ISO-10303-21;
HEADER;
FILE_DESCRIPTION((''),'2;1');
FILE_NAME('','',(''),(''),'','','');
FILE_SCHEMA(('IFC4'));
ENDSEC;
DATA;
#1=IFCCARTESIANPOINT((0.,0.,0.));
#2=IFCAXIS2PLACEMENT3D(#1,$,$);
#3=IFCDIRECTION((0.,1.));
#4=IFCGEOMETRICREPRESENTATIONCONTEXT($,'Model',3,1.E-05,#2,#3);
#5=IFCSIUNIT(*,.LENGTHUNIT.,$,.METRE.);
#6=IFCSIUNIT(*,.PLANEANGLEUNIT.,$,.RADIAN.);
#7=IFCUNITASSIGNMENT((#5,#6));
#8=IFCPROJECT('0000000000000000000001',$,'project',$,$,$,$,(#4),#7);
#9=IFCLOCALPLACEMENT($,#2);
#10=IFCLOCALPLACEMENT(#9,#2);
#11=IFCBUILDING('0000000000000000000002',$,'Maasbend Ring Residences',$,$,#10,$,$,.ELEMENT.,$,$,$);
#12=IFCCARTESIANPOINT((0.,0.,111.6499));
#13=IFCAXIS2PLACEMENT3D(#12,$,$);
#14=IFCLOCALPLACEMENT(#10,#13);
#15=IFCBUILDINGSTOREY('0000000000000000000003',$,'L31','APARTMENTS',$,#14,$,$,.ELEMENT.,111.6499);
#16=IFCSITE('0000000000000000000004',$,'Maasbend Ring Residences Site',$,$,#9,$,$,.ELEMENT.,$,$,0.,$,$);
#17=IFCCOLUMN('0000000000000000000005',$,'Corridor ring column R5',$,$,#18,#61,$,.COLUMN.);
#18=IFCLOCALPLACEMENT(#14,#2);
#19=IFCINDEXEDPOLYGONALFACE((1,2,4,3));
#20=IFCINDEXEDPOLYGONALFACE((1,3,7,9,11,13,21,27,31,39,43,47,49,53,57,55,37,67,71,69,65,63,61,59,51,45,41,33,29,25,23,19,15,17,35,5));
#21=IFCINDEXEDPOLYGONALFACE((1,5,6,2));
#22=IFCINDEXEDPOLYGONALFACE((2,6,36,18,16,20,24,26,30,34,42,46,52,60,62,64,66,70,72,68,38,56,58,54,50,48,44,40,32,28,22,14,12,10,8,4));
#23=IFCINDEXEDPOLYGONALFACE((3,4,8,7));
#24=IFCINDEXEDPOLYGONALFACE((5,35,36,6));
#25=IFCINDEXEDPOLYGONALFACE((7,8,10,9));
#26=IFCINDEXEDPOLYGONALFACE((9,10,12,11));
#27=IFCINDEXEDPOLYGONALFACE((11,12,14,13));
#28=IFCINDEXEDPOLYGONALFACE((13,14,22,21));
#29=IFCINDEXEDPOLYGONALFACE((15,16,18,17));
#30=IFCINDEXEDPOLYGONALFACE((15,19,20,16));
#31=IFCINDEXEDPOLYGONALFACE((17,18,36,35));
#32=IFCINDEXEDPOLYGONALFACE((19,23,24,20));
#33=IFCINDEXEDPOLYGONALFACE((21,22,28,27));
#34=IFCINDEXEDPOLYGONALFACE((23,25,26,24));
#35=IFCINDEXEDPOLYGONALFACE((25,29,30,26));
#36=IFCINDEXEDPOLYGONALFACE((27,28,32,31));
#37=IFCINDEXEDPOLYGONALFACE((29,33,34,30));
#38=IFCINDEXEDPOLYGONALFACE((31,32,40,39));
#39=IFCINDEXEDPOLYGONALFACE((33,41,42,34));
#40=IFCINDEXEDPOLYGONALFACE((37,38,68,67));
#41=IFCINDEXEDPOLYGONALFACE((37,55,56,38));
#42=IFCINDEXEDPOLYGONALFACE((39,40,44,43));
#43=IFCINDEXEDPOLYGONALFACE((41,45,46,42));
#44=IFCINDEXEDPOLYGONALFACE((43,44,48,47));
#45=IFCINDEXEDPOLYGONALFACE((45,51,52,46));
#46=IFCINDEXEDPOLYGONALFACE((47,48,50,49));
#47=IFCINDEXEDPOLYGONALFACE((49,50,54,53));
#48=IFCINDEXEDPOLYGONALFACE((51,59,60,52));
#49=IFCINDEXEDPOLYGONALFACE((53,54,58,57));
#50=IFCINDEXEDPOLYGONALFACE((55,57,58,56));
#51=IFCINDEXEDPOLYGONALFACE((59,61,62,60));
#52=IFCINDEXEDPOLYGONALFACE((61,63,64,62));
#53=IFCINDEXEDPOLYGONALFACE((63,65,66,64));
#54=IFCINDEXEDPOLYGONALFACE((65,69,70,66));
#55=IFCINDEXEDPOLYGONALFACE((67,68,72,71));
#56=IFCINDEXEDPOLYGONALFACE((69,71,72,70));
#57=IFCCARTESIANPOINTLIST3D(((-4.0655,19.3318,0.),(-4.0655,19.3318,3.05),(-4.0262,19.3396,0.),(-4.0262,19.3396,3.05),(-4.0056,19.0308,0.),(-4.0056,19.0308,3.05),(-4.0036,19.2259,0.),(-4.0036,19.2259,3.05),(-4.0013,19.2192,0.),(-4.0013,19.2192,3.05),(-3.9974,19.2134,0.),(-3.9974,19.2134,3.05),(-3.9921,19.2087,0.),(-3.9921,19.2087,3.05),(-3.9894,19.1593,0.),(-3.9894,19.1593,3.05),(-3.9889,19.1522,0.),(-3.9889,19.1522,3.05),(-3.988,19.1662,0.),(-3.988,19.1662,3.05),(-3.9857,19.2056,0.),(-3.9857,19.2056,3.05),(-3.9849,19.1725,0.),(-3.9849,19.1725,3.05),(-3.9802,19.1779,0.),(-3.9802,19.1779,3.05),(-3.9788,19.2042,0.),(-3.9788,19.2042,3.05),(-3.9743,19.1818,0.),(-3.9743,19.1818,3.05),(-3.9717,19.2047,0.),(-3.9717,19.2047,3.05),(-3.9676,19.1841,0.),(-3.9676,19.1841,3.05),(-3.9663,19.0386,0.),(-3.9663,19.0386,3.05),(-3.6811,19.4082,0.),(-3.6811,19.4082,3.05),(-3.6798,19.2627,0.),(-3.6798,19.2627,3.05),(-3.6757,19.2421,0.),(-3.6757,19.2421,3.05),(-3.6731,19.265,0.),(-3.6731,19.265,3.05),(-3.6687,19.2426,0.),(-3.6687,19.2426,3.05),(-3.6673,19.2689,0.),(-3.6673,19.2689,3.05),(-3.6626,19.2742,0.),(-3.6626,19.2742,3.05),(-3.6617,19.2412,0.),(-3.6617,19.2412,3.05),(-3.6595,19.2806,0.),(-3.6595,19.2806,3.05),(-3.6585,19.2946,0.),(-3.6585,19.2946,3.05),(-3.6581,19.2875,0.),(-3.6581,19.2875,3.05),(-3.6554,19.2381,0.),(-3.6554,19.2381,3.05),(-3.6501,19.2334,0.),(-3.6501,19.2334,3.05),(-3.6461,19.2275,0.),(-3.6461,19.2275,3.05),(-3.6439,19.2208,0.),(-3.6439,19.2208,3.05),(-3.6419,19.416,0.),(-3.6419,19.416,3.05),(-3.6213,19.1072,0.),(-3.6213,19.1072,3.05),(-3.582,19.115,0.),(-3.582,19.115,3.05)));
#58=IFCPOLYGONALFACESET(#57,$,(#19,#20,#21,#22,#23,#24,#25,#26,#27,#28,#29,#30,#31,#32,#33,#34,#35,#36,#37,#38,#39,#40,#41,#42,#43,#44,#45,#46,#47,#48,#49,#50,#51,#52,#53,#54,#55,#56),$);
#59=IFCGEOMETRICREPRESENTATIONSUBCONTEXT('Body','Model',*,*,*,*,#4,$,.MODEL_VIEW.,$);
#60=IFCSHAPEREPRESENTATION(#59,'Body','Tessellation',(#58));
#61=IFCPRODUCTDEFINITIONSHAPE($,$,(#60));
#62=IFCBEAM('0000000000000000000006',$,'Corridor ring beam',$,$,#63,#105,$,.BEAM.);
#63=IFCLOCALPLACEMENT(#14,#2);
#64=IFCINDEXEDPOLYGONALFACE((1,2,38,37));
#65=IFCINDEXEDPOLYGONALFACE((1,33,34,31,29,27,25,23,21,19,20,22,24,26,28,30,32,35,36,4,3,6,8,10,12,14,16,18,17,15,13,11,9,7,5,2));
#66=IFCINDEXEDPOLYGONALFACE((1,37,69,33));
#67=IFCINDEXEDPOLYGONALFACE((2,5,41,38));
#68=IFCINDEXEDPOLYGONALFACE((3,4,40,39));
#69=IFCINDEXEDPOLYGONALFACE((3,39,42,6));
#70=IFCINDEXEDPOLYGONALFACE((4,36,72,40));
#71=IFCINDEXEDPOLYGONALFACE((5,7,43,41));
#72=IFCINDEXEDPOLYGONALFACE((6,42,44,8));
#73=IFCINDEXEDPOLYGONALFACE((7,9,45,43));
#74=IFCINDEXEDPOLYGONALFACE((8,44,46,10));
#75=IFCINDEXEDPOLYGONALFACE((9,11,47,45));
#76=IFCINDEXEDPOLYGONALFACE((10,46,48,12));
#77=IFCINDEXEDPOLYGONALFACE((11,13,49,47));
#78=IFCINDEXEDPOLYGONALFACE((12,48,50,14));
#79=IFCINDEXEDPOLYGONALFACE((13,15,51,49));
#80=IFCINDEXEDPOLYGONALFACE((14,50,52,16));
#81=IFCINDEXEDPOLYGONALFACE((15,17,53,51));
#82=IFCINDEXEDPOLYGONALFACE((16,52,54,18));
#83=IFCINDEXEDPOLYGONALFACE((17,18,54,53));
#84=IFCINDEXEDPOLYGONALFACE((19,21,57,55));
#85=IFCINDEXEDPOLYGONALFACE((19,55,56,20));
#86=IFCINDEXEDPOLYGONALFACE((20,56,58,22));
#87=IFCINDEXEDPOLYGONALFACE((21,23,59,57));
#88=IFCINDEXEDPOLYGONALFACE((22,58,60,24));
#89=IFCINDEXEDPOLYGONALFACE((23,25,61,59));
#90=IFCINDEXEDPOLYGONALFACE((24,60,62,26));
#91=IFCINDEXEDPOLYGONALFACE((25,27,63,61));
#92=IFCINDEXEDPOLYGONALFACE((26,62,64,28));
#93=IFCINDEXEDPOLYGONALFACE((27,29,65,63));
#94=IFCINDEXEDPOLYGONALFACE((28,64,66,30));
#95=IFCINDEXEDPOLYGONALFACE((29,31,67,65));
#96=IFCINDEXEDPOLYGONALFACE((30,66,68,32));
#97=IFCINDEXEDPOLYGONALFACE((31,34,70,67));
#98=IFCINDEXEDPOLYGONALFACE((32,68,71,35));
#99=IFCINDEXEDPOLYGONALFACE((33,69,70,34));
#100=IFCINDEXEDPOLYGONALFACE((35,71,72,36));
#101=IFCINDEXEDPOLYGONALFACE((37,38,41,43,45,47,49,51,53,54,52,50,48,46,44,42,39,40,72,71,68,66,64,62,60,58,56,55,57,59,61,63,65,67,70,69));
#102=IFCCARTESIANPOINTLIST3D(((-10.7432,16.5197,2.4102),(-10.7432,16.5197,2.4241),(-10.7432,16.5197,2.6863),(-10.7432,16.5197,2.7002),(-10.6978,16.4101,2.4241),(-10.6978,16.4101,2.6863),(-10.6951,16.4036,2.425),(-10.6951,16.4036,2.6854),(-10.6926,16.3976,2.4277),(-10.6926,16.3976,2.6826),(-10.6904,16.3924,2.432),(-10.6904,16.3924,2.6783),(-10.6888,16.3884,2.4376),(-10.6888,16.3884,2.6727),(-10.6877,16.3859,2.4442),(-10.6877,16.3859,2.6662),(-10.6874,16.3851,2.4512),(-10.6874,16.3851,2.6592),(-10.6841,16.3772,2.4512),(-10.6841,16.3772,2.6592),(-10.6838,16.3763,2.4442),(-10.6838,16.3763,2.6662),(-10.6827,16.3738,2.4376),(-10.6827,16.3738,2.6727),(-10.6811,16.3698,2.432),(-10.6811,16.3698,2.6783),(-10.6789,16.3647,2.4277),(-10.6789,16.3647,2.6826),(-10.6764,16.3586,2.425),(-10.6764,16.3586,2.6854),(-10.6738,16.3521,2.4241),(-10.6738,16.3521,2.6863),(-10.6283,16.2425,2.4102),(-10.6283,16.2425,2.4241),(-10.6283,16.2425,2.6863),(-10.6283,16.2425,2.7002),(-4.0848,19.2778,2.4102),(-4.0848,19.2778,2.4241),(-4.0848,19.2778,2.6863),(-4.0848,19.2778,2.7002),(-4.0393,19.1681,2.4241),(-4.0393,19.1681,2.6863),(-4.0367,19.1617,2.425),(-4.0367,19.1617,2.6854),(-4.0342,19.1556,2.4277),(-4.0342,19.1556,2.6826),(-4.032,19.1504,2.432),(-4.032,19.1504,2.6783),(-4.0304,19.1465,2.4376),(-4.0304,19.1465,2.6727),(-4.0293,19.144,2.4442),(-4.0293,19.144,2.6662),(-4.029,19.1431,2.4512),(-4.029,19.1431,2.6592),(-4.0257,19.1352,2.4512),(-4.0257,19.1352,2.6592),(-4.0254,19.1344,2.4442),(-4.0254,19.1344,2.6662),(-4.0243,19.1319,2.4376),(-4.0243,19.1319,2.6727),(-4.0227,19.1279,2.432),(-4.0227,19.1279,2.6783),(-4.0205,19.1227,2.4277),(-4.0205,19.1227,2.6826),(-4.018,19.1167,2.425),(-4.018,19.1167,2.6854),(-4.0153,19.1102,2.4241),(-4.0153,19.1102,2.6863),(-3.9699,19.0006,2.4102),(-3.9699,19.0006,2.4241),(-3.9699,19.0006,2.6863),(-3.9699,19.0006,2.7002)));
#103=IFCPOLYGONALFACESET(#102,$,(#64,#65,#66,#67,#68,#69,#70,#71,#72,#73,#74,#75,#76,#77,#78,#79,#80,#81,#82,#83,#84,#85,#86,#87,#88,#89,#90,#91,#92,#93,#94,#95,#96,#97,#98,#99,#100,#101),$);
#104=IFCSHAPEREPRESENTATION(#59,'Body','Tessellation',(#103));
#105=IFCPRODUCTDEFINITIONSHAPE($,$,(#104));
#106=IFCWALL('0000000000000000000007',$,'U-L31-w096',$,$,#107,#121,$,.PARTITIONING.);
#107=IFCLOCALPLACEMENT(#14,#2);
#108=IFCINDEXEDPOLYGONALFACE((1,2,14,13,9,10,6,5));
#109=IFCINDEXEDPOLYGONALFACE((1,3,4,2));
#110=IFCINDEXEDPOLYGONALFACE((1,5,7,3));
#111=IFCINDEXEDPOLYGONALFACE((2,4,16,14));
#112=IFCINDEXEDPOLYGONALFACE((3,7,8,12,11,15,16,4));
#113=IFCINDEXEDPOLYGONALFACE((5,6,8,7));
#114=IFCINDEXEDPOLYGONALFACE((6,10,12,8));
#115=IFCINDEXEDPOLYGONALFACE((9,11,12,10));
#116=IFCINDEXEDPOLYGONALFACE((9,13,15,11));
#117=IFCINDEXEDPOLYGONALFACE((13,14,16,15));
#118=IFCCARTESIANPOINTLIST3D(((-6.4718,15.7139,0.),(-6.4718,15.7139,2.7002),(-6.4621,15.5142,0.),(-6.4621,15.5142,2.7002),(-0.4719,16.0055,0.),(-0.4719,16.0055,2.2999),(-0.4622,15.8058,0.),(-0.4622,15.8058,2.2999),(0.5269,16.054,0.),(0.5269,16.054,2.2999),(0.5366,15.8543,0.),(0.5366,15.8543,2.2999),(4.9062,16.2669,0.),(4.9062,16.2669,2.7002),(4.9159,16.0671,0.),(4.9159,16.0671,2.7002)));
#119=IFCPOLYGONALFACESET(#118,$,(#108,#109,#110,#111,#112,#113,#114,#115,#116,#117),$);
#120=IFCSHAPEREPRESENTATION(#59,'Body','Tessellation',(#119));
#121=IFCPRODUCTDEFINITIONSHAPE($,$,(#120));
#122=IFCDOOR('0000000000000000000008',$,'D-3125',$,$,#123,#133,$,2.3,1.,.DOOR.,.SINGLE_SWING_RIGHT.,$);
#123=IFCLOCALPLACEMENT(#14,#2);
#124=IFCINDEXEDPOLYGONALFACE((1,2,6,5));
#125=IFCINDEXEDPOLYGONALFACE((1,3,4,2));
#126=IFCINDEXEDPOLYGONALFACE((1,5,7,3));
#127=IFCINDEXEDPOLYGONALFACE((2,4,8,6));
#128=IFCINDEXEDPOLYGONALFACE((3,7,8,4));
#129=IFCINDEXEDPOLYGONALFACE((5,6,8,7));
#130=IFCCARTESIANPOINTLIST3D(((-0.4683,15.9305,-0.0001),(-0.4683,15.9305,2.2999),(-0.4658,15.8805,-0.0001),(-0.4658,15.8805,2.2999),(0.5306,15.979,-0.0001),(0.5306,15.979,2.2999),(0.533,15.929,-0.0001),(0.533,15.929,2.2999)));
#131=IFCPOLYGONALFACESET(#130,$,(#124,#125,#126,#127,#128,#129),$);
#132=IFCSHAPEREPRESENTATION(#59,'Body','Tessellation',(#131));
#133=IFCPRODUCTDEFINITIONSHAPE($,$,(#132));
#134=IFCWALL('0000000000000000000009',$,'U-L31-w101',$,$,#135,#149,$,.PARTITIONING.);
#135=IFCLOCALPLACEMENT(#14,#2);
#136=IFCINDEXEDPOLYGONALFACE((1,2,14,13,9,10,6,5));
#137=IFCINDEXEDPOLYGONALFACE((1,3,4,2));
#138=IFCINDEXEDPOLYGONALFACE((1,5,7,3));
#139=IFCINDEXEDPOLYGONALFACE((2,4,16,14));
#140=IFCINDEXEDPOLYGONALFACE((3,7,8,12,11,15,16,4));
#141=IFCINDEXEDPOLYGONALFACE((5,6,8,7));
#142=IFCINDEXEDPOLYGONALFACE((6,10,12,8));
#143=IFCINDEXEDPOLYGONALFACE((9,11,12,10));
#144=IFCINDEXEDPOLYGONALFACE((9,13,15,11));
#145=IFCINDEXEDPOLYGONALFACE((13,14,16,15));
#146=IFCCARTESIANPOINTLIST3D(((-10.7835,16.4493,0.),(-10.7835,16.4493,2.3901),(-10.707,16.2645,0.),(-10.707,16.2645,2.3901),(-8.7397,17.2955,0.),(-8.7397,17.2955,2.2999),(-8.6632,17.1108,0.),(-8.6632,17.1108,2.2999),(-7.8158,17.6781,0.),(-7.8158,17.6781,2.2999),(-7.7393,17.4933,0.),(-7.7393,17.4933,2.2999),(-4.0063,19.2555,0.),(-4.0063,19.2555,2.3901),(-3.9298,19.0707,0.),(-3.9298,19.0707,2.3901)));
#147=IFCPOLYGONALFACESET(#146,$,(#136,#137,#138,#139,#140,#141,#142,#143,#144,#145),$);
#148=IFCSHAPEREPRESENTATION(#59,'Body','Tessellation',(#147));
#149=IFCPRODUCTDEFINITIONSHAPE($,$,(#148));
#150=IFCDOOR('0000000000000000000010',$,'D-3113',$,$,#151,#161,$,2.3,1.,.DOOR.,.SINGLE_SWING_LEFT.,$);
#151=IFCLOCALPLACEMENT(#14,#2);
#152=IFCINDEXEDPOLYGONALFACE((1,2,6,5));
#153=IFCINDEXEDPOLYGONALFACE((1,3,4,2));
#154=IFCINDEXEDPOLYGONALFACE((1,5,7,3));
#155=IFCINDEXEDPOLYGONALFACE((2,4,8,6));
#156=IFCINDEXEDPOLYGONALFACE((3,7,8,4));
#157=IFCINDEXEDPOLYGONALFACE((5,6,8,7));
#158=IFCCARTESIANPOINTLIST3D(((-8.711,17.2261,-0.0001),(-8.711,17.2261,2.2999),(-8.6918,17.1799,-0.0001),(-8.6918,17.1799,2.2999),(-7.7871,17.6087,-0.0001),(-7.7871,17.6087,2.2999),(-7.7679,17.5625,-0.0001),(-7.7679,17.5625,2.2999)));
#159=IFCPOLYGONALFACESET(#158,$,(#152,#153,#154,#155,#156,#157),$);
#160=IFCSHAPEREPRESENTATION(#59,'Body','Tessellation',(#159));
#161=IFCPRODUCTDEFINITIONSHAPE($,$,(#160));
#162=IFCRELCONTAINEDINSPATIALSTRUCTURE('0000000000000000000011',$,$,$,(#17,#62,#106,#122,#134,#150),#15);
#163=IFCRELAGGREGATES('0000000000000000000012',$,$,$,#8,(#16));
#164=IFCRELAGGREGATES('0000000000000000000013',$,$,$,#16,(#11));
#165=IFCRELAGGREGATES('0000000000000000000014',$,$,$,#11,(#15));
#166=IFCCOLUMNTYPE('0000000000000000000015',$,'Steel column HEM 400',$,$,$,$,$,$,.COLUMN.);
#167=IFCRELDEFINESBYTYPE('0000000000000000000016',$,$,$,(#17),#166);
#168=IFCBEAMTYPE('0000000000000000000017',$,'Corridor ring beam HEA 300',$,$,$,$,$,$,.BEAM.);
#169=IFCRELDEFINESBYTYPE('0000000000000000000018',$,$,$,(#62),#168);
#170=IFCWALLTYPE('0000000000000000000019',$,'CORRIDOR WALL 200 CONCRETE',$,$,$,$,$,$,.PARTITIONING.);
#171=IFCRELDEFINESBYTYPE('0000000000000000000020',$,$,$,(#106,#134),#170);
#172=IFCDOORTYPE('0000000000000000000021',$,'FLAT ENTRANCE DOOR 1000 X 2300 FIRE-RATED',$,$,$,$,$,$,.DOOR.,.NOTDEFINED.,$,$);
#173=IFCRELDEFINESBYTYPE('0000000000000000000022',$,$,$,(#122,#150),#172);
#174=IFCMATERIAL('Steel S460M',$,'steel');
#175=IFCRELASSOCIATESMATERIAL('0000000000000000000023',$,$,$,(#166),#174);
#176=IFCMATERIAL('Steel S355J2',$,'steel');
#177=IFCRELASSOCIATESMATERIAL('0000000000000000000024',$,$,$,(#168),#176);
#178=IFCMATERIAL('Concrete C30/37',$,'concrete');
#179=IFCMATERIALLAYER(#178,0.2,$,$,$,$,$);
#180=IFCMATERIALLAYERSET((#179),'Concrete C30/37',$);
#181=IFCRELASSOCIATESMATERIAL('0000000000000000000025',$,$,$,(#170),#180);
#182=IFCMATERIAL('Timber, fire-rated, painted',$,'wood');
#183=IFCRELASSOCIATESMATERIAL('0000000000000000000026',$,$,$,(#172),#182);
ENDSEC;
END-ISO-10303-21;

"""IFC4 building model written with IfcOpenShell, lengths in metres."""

from ifc_helpers import new_model, si_unit, direction, frame, frame_2d, origin, origin_2d, place, context, subcontext, project, spatial, rectangle, i_section, extrude, material, layer, layer_set, material_profile, profile_set, type_object, element, fill, save


model = new_model("IFC4")

# Units and contexts
model_context = context("Model", 3, precision=1e-05, world=origin(), true_north=direction((0.0, 1.0)))
body_context = subcontext(model_context, "Body", "Model", "MODEL_VIEW")
ifc_project = project(units=[si_unit("LENGTHUNIT", "METRE"), si_unit("PLANEANGLEUNIT", "RADIAN")], contexts=[model_context])

# Site, building, storey
site_placement = place(None, origin())
site = spatial("IfcSite", under=ifc_project, at=site_placement, Name="Maasbend Ring Residences Site", CompositionType="ELEMENT", RefElevation=0.0)
building_placement = place(site_placement, origin())
building = spatial("IfcBuilding", under=site, at=building_placement, Name="Maasbend Ring Residences", CompositionType="ELEMENT")
storey_placement = place(building_placement, frame((0.0, 0.0, 111.6499)))
storey = spatial("IfcBuildingStorey", under=building, at=storey_placement, Name="L31", Description="APARTMENTS", CompositionType="ELEMENT", Elevation=111.6499)

# Column
ifc_material_1 = material(Name="Steel S460M", Category="steel")
ifc_material_profile_1 = material_profile(ifc_material_1, i_section(OverallWidth=0.3069, OverallDepth=0.4319, WebThickness=0.021, FlangeThickness=0.04, FilletRadius=0.0271, at=origin_2d()), Name="HEM 400")
ifc_profile_set_1 = profile_set([ifc_material_profile_1], Name="Steel S460M")
column_type = type_object("IfcColumnType", Name="Steel column HEM 400", PredefinedType="COLUMN", material=ifc_profile_set_1)
column_placement = place(storey_placement, frame((-3.8237, 19.2234, 0.0), z_axis=(0.0, 0.0, 1.0), x_axis=(-0.19509, 0.980785, 0.0)))
element("IfcColumn", 1, at=column_placement, inside=storey, type_object=column_type, Name="Corridor ring column R5", PredefinedType="COLUMN", context=body_context, shape_type="SweptSolid", body=[
    extrude(i_section(OverallWidth=0.3069, OverallDepth=0.4319, WebThickness=0.021, FlangeThickness=0.04, FilletRadius=0.0271, at=origin_2d()), origin(), (0.0, 0.0, 1.0), 3.05),
])

# Beam
ifc_material_2 = material(Name="Steel S355J2", Category="steel")
ifc_material_profile_2 = material_profile(ifc_material_2, i_section(OverallWidth=0.3, OverallDepth=0.29, WebThickness=0.0085, FlangeThickness=0.0139, FilletRadius=0.0271, at=origin_2d()), Name="HEA 300")
ifc_profile_set_2 = profile_set([ifc_material_profile_2], Name="Steel S355J2")
beam_type = type_object("IfcBeamType", Name="Corridor ring beam HEA 300", PredefinedType="BEAM", material=ifc_profile_set_2)
beam_placement = place(storey_placement, frame((-4.0273, 19.1392, 2.5552), z_axis=(-0.923878, -0.382688, 0.0), x_axis=(0.382688, -0.923878, 0.0)))
element("IfcBeam", 2, at=beam_placement, inside=storey, type_object=beam_type, Name="Corridor ring beam", PredefinedType="BEAM", context=body_context, shape_type="SweptSolid", body=[
    extrude(i_section(OverallWidth=0.3, OverallDepth=0.29, WebThickness=0.0085, FlangeThickness=0.0139, FilletRadius=0.0271, at=origin_2d()), origin(), (0.0, 0.0, 1.0), 7.207),
])

# Walls, openings, doors
ifc_material_3 = material(Name="Concrete C30/37", Category="concrete")
ifc_layer_1 = layer(ifc_material_3, 0.2)
ifc_layer_set_1 = layer_set([ifc_layer_1], Name="Concrete C30/37")
wall_type_1 = type_object("IfcWallType", Name="CORRIDOR WALL 200 CONCRETE", PredefinedType="PARTITIONING", material=ifc_layer_set_1)
wall_1_placement = place(storey_placement, frame((-6.467, 15.614, 0.0), z_axis=(0.0, 0.0, 1.0), x_axis=(0.998821, 0.048544, 0.0)))
wall_1 = element("IfcWall", 3, at=wall_1_placement, inside=storey, type_object=wall_type_1, Name="U-L31-w096", PredefinedType="PARTITIONING", context=body_context, shape_type="SweptSolid", body=[
    extrude(rectangle(XDim=11.3914, YDim=0.2, at=frame_2d((5.6958, 0.0))), origin(), (0.0, 0.0, 1.0), 2.7002),
])
opening_1_placement = place(wall_1_placement, frame((6.0071, 0.0, 0.0)))
opening_1 = element("IfcOpeningElement", 4, at=opening_1_placement, cuts=wall_1, PredefinedType="OPENING", context=body_context, shape_type="SweptSolid", body=[
    extrude(rectangle(XDim=1.0, YDim=2.3, at=frame_2d((0.5, 1.1499))), frame((0.0, 0.1099, 0.0), z_axis=(0.0, -1.0, 0.0), x_axis=(1.0, 0.0, 0.0)), (0.0, 0.0, 1.0), 0.22),
])
ifc_material_4 = material(Name="Timber, fire-rated, painted", Category="wood")
door_type_1 = type_object("IfcDoorType", Name="FLAT ENTRANCE DOOR 1000 X 2300 FIRE-RATED", OperationType="NOTDEFINED", PredefinedType="DOOR", material=ifc_material_4)
door_1_placement = place(opening_1_placement, origin())
door_1 = element("IfcDoor", 5, at=door_1_placement, inside=storey, type_object=door_type_1, Name="D-3125", OperationType="SINGLE_SWING_RIGHT", OverallHeight=2.3, OverallWidth=1.0, PredefinedType="DOOR", context=body_context, shape_type="SweptSolid", body=[
    extrude(rectangle(XDim=1.0, YDim=2.3, at=frame_2d((0.5, 1.1499))), frame((0.0, 0.0249, 0.0), z_axis=(0.0, -1.0, 0.0), x_axis=(1.0, 0.0, 0.0)), (0.0, 0.0, 1.0), 0.05),
])
fill(opening_1, door_1)
wall_2_placement = place(storey_placement, frame((-10.7451, 16.3569, 0.0), z_axis=(0.0, 0.0, 1.0), x_axis=(0.923928, 0.382565, 0.0)))
wall_2 = element("IfcWall", 6, at=wall_2_placement, inside=storey, type_object=wall_type_1, Name="U-L31-w101", PredefinedType="PARTITIONING", context=body_context, shape_type="SweptSolid", body=[
    extrude(rectangle(XDim=7.3352, YDim=0.2, at=frame_2d((3.6675, 0.0))), origin(), (0.0, 0.0, 1.0), 2.3901),
])
opening_2_placement = place(wall_2_placement, frame((2.2119, 0.0, 0.0)))
opening_2 = element("IfcOpeningElement", 7, at=opening_2_placement, cuts=wall_2, PredefinedType="OPENING", context=body_context, shape_type="SweptSolid", body=[
    extrude(rectangle(XDim=1.0, YDim=2.3, at=frame_2d((0.5, 1.1499))), frame((0.0, 0.1099, 0.0), z_axis=(0.0, -1.0, 0.0), x_axis=(1.0, 0.0, 0.0)), (0.0, 0.0, 1.0), 0.22),
])
door_2_placement = place(opening_2_placement, origin())
door_2 = element("IfcDoor", 8, at=door_2_placement, inside=storey, type_object=door_type_1, Name="D-3113", OperationType="SINGLE_SWING_LEFT", OverallHeight=2.3, OverallWidth=1.0, PredefinedType="DOOR", context=body_context, shape_type="SweptSolid", body=[
    extrude(rectangle(XDim=1.0, YDim=2.3, at=frame_2d((0.5, 1.1499))), frame((0.0, 0.0249, 0.0), z_axis=(0.0, -1.0, 0.0), x_axis=(1.0, 0.0, 0.0)), (0.0, 0.0, 1.0), 0.05),
])
fill(opening_2, door_2)

save(model, "model.ifc")
